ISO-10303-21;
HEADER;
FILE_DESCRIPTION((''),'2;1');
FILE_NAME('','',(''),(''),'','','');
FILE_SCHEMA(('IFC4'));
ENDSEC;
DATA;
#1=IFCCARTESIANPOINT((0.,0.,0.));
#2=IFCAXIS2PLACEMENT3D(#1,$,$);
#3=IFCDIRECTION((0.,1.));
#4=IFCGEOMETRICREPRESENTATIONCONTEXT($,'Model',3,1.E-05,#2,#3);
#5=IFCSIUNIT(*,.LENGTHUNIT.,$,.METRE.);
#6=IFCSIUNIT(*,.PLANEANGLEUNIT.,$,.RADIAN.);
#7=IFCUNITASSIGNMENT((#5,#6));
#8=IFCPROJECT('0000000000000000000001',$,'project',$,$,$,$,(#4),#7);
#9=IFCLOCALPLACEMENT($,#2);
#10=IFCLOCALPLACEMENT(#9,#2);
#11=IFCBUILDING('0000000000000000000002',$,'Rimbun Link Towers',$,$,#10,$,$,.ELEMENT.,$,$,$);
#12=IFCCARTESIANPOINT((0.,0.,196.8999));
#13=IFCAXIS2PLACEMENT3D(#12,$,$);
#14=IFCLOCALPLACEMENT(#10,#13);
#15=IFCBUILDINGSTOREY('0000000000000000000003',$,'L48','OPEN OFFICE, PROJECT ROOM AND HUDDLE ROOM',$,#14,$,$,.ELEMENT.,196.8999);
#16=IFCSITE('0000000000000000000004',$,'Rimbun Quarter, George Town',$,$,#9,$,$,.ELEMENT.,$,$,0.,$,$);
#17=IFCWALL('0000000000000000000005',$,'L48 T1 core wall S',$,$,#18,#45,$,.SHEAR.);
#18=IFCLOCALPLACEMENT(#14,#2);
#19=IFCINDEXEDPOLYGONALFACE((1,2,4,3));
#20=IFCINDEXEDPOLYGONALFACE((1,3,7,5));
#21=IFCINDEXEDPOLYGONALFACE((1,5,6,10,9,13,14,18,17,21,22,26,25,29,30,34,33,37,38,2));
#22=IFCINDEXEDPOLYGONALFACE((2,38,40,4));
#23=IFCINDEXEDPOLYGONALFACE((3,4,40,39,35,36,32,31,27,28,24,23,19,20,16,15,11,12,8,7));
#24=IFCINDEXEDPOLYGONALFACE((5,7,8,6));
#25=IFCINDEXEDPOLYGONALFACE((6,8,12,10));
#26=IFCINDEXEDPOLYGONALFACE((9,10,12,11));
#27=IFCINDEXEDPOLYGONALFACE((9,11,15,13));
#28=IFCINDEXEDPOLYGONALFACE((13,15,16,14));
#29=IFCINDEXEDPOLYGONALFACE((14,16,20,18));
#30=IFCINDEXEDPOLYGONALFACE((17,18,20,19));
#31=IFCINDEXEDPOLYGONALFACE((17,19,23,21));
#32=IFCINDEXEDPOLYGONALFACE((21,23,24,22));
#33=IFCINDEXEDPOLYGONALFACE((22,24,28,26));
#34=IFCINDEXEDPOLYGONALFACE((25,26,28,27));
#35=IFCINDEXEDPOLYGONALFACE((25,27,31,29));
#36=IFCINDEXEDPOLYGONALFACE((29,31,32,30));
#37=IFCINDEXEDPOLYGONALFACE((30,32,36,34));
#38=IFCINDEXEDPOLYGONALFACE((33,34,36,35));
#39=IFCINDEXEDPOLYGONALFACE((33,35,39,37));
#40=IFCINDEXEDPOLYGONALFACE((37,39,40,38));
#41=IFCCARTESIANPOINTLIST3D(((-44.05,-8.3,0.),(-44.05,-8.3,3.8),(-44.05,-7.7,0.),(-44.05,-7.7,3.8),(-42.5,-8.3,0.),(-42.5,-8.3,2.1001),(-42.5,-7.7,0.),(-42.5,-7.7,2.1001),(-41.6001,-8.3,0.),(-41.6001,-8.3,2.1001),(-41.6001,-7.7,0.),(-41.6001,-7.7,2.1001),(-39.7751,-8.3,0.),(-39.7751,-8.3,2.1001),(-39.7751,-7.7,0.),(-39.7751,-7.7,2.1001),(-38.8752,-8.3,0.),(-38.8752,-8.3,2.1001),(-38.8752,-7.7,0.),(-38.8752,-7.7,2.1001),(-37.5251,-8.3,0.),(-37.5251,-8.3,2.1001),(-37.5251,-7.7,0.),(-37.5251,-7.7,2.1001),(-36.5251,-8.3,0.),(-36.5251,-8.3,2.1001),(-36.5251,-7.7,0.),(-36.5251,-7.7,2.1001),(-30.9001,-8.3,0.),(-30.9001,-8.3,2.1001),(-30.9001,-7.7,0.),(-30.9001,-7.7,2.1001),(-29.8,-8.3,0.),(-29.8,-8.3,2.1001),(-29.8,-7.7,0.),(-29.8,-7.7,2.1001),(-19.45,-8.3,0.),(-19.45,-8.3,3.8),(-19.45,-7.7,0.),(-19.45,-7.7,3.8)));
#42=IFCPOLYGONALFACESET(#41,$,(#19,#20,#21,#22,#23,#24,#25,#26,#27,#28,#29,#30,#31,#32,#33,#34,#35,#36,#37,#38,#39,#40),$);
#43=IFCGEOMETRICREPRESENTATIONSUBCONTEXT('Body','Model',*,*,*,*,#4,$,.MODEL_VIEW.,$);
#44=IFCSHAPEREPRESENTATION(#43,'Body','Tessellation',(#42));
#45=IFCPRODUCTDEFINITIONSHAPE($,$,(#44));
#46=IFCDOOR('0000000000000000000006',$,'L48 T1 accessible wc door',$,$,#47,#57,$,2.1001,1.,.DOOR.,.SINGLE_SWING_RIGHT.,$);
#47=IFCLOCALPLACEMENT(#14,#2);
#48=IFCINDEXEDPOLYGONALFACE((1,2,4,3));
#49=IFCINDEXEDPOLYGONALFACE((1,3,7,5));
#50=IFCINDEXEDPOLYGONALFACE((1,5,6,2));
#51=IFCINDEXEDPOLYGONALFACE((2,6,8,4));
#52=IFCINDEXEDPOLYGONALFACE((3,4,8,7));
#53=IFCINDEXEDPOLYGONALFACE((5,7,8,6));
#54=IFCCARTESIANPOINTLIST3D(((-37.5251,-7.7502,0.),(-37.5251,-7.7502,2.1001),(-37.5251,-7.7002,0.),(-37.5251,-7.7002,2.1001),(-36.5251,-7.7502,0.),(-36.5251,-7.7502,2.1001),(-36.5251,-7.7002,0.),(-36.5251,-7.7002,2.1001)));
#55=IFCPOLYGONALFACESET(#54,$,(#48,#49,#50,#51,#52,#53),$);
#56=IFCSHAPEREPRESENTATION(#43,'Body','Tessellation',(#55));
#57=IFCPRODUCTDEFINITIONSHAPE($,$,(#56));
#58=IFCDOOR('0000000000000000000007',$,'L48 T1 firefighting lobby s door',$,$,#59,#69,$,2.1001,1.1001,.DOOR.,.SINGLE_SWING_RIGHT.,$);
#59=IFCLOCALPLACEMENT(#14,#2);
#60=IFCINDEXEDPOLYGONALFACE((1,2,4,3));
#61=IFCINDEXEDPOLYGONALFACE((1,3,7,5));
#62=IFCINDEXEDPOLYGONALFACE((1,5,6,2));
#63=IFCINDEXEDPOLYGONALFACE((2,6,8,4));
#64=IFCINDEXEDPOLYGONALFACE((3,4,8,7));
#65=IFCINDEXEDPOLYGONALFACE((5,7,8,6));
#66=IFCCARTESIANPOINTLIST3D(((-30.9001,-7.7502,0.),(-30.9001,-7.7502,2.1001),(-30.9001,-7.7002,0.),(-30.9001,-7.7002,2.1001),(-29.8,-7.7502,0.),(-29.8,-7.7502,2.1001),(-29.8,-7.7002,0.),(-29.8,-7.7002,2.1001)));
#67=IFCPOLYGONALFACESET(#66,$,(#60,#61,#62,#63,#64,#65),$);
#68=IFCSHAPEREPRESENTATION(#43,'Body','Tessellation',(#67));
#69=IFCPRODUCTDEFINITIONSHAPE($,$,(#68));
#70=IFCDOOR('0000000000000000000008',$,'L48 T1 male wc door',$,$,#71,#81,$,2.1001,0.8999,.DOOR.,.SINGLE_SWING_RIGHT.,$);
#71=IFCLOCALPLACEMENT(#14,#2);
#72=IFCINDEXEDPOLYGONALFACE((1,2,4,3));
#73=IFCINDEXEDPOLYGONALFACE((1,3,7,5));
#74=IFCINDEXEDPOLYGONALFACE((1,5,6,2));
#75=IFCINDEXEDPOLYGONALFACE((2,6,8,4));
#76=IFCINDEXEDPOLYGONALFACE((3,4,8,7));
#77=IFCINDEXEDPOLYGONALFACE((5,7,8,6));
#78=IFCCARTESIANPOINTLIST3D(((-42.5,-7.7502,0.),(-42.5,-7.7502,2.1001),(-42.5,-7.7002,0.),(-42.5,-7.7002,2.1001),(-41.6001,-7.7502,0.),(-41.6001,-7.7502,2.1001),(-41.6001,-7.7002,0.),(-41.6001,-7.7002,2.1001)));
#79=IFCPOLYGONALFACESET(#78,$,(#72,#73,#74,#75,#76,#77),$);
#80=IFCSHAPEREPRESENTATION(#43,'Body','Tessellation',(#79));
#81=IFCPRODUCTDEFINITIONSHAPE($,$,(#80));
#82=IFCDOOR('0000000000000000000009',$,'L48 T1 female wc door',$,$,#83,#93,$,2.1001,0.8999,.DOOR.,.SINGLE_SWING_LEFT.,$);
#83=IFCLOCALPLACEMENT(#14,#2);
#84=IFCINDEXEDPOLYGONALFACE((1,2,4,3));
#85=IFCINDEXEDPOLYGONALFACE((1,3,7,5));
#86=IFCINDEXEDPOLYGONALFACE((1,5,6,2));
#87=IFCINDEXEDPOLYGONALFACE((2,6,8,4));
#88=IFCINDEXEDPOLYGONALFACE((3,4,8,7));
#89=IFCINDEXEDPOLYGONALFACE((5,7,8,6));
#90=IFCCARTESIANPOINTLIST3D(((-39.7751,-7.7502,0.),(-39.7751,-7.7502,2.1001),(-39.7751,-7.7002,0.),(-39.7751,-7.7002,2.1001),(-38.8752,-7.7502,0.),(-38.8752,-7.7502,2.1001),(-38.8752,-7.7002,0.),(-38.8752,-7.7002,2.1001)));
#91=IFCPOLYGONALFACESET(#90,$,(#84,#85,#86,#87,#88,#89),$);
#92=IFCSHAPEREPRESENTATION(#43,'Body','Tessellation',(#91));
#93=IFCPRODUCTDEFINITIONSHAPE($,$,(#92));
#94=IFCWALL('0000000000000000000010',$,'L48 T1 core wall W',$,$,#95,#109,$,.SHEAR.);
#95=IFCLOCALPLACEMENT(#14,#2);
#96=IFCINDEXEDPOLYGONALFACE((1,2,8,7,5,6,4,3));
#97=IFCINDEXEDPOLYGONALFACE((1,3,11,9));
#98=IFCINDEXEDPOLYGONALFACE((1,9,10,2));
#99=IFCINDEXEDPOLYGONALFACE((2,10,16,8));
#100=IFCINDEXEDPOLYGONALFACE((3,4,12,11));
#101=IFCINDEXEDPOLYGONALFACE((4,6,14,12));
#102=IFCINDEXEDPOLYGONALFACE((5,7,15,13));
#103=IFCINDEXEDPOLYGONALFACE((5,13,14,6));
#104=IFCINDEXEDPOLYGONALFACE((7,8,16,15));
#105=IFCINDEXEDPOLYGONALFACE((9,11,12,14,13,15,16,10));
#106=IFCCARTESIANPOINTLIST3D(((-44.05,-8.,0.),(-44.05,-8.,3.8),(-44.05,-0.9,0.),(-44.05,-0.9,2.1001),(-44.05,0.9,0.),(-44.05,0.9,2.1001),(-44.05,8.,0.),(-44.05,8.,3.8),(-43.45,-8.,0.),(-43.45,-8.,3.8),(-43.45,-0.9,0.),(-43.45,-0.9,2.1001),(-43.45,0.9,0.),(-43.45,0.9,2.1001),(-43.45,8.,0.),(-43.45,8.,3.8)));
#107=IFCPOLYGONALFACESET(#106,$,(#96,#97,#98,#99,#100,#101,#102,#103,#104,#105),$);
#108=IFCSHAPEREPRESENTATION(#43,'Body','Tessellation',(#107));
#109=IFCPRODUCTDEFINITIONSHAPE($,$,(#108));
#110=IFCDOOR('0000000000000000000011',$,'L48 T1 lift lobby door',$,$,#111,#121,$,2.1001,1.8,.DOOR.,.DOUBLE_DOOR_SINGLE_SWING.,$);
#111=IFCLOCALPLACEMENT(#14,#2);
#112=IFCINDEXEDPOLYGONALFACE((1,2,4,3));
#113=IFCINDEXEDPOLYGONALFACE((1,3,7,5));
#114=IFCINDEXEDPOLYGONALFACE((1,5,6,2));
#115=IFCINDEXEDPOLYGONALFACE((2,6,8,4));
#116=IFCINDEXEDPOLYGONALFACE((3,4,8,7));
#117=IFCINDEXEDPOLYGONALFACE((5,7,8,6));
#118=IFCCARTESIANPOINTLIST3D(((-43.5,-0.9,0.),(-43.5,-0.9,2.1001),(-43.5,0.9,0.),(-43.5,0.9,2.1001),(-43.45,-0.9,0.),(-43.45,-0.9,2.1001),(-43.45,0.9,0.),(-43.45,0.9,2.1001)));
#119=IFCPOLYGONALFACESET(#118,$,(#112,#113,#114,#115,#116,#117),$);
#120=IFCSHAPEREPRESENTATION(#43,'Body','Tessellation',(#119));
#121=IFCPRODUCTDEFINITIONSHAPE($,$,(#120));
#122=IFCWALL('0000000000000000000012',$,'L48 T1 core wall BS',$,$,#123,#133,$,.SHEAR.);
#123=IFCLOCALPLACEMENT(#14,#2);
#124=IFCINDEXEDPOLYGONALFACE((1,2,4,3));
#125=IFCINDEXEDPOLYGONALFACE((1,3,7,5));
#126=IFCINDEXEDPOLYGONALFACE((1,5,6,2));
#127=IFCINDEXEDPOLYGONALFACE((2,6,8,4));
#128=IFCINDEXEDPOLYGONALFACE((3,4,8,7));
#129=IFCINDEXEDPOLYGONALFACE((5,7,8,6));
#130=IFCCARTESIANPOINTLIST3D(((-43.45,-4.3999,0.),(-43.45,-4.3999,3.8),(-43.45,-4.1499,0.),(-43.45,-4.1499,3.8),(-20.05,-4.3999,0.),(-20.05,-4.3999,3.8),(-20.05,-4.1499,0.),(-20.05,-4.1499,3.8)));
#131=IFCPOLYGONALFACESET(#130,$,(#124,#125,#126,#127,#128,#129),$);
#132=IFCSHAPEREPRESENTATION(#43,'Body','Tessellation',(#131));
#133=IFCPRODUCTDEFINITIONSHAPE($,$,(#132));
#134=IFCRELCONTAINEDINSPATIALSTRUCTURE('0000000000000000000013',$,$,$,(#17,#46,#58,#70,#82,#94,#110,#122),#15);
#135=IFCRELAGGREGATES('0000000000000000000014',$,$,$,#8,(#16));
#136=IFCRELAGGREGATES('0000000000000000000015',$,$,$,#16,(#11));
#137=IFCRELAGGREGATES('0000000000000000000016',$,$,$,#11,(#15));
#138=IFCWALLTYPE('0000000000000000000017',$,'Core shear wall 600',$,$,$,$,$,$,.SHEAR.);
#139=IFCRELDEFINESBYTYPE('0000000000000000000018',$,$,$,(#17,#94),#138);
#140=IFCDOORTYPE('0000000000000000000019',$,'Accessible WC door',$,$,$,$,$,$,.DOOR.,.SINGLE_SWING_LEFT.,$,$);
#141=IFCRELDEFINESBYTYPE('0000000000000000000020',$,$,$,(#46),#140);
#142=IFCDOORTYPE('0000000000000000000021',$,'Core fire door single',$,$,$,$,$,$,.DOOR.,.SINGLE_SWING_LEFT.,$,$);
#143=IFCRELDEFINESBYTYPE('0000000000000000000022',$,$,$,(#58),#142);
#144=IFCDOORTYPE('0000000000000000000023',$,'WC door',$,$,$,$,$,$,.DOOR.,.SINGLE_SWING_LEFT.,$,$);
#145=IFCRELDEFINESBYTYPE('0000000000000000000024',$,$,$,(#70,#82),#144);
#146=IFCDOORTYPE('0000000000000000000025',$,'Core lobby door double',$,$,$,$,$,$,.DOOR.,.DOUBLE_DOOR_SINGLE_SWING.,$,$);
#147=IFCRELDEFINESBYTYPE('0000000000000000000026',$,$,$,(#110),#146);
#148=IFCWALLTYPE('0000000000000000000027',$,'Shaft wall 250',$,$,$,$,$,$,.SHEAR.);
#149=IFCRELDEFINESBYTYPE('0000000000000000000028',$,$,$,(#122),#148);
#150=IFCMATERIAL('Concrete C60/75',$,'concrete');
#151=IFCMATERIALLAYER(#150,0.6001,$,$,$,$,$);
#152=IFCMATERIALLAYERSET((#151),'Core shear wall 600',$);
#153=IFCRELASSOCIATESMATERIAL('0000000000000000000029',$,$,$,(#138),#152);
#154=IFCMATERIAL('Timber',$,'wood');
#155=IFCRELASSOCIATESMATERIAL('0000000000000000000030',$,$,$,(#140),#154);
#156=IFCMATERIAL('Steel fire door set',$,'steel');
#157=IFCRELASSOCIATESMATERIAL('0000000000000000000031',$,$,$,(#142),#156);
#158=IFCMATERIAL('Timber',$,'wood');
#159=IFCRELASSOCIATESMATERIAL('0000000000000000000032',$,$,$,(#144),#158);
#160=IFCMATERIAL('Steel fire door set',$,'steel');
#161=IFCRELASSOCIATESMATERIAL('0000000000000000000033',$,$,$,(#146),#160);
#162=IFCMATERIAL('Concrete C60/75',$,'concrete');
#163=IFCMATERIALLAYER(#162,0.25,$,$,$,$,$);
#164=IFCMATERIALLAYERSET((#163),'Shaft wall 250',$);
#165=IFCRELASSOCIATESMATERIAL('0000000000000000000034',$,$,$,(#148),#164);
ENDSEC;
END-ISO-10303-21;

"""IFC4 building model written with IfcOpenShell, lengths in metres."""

from ifc_helpers import new_model, si_unit, direction, frame, frame_2d, origin, place, context, subcontext, project, spatial, rectangle, extrude, material, layer, layer_set, type_object, element, fill, save


model = new_model("IFC4")

# Units and contexts
model_context = context("Model", 3, precision=1e-05, world=origin(), true_north=direction((0.0, 1.0)))
body_context = subcontext(model_context, "Body", "Model", "MODEL_VIEW")
ifc_project = project(units=[si_unit("LENGTHUNIT", "METRE"), si_unit("PLANEANGLEUNIT", "RADIAN")], contexts=[model_context])

# Site, building, storey
site_placement = place(None, origin())
site = spatial("IfcSite", under=ifc_project, at=site_placement, Name="Rimbun Quarter, George Town", CompositionType="ELEMENT", RefElevation=0.0)
building_placement = place(site_placement, origin())
building = spatial("IfcBuilding", under=site, at=building_placement, Name="Rimbun Link Towers", CompositionType="ELEMENT")
storey_placement = place(building_placement, frame((0.0, 0.0, 196.8999)))
storey = spatial("IfcBuildingStorey", under=building, at=storey_placement, Name="L48", Description="OPEN OFFICE, PROJECT ROOM AND HUDDLE ROOM", CompositionType="ELEMENT", Elevation=196.8999)

# Wall, openings, doors
ifc_material_1 = material(Name="Concrete C60/75", Category="concrete")
ifc_layer_1 = layer(ifc_material_1, 0.6001)
ifc_layer_set_1 = layer_set([ifc_layer_1], Name="Core shear wall 600")
wall_type_1 = type_object("IfcWallType", Name="Core shear wall 600", PredefinedType="SHEAR", material=ifc_layer_set_1)
wall_1_placement = place(storey_placement, frame((-44.05, -8.0, 0.0), z_axis=(0.0, 0.0, 1.0), x_axis=(1.0, 0.0, 0.0)))
wall_1 = element("IfcWall", 1, at=wall_1_placement, inside=storey, type_object=wall_type_1, Name="L48 T1 core wall S", PredefinedType="SHEAR", context=body_context, shape_type="SweptSolid", body=[
    extrude(rectangle(XDim=24.6001, YDim=0.6001, at=frame_2d((12.3, 0.0))), origin(), (0.0, 0.0, 1.0), 3.8),
])
opening_1_placement = place(wall_1_placement, frame((13.1499, 0.0, 0.0)))
opening_1 = element("IfcOpeningElement", 2, at=opening_1_placement, cuts=wall_1, PredefinedType="OPENING", context=body_context, shape_type="SweptSolid", body=[
    extrude(rectangle(XDim=1.1001, YDim=2.1001, at=frame_2d((0.55, 1.05))), frame((0.0, 0.3101, 0.0), z_axis=(0.0, -1.0, 0.0), x_axis=(1.0, 0.0, 0.0)), (0.0, 0.0, 1.0), 0.6201),
])
opening_2_placement = place(wall_1_placement, frame((1.55, 0.0, 0.0)))
opening_2 = element("IfcOpeningElement", 3, at=opening_2_placement, cuts=wall_1, PredefinedType="OPENING", context=body_context, shape_type="SweptSolid", body=[
    extrude(rectangle(XDim=0.8999, YDim=2.1001, at=frame_2d((0.45, 1.05))), frame((0.0, 0.3101, 0.0), z_axis=(0.0, -1.0, 0.0), x_axis=(1.0, 0.0, 0.0)), (0.0, 0.0, 1.0), 0.6201),
])
opening_3_placement = place(wall_1_placement, frame((4.2749, 0.0, 0.0)))
opening_3 = element("IfcOpeningElement", 4, at=opening_3_placement, cuts=wall_1, PredefinedType="OPENING", context=body_context, shape_type="SweptSolid", body=[
    extrude(rectangle(XDim=0.8999, YDim=2.1001, at=frame_2d((0.45, 1.05))), frame((0.0, 0.3101, 0.0), z_axis=(0.0, -1.0, 0.0), x_axis=(1.0, 0.0, 0.0)), (0.0, 0.0, 1.0), 0.6201),
])
opening_4_placement = place(wall_1_placement, frame((6.5249, 0.0, 0.0)))
opening_4 = element("IfcOpeningElement", 5, at=opening_4_placement, cuts=wall_1, PredefinedType="OPENING", context=body_context, shape_type="SweptSolid", body=[
    extrude(rectangle(XDim=1.0, YDim=2.1001, at=frame_2d((0.5, 1.05))), frame((0.0, 0.3101, 0.0), z_axis=(0.0, -1.0, 0.0), x_axis=(1.0, 0.0, 0.0)), (0.0, 0.0, 1.0), 0.6201),
])
ifc_material_2 = material(Name="Timber", Category="wood")
door_type_1 = type_object("IfcDoorType", Name="Accessible WC door", OperationType="SINGLE_SWING_LEFT", PredefinedType="DOOR", material=ifc_material_2)
door_1_placement = place(opening_4_placement, origin())
door_1 = element("IfcDoor", 6, at=door_1_placement, inside=storey, type_object=door_type_1, Name="L48 T1 accessible wc door", OperationType="SINGLE_SWING_RIGHT", OverallHeight=2.1001, OverallWidth=1.0, PredefinedType="DOOR", context=body_context, shape_type="SweptSolid", body=[
    extrude(rectangle(XDim=1.0, YDim=2.1001, at=frame_2d((0.5, 1.05))), frame((0.0, 0.2998, 0.0), z_axis=(0.0, -1.0, 0.0), x_axis=(1.0, 0.0, 0.0)), (0.0, 0.0, 1.0), 0.05),
])
fill(opening_4, door_1)
ifc_material_3 = material(Name="Steel fire door set", Category="steel")
door_type_2 = type_object("IfcDoorType", Name="Core fire door single", OperationType="SINGLE_SWING_LEFT", PredefinedType="DOOR", material=ifc_material_3)
door_2_placement = place(opening_1_placement, origin())
door_2 = element("IfcDoor", 7, at=door_2_placement, inside=storey, type_object=door_type_2, Name="L48 T1 firefighting lobby s door", OperationType="SINGLE_SWING_RIGHT", OverallHeight=2.1001, OverallWidth=1.1001, PredefinedType="DOOR", context=body_context, shape_type="SweptSolid", body=[
    extrude(rectangle(XDim=1.1001, YDim=2.1001, at=frame_2d((0.55, 1.05))), frame((0.0, 0.2998, 0.0), z_axis=(0.0, -1.0, 0.0), x_axis=(1.0, 0.0, 0.0)), (0.0, 0.0, 1.0), 0.05),
])
fill(opening_1, door_2)
ifc_material_4 = material(Name="Timber", Category="wood")
door_type_3 = type_object("IfcDoorType", Name="WC door", OperationType="SINGLE_SWING_LEFT", PredefinedType="DOOR", material=ifc_material_4)
door_3_placement = place(opening_2_placement, origin())
door_3 = element("IfcDoor", 8, at=door_3_placement, inside=storey, type_object=door_type_3, Name="L48 T1 male wc door", OperationType="SINGLE_SWING_RIGHT", OverallHeight=2.1001, OverallWidth=0.8999, PredefinedType="DOOR", context=body_context, shape_type="SweptSolid", body=[
    extrude(rectangle(XDim=0.8999, YDim=2.1001, at=frame_2d((0.45, 1.05))), frame((0.0, 0.2998, 0.0), z_axis=(0.0, -1.0, 0.0), x_axis=(1.0, 0.0, 0.0)), (0.0, 0.0, 1.0), 0.05),
])
fill(opening_2, door_3)
door_4_placement = place(opening_3_placement, origin())
door_4 = element("IfcDoor", 9, at=door_4_placement, inside=storey, type_object=door_type_3, Name="L48 T1 female wc door", OperationType="SINGLE_SWING_LEFT", OverallHeight=2.1001, OverallWidth=0.8999, PredefinedType="DOOR", context=body_context, shape_type="SweptSolid", body=[
    extrude(rectangle(XDim=0.8999, YDim=2.1001, at=frame_2d((0.45, 1.05))), frame((0.0, 0.2998, 0.0), z_axis=(0.0, -1.0, 0.0), x_axis=(1.0, 0.0, 0.0)), (0.0, 0.0, 1.0), 0.05),
])
fill(opening_3, door_4)

# Wall, opening, door
wall_2_placement = place(storey_placement, frame((-43.75, -8.0, 0.0), z_axis=(0.0, 0.0, 1.0), x_axis=(0.0, 1.0, 0.0)))
wall_2 = element("IfcWall", 10, at=wall_2_placement, inside=storey, type_object=wall_type_1, Name="L48 T1 core wall W", PredefinedType="SHEAR", context=body_context, shape_type="SweptSolid", body=[
    extrude(rectangle(XDim=16.0, YDim=0.6001, at=frame_2d((8.0, 0.0))), origin(), (0.0, 0.0, 1.0), 3.8),
])
opening_5_placement = place(wall_2_placement, frame((7.1001, 0.0, 0.0)))
opening_5 = element("IfcOpeningElement", 11, at=opening_5_placement, cuts=wall_2, PredefinedType="OPENING", context=body_context, shape_type="SweptSolid", body=[
    extrude(rectangle(XDim=1.8, YDim=2.1001, at=frame_2d((0.8999, 1.05))), frame((0.0, 0.3101, 0.0), z_axis=(0.0, -1.0, 0.0), x_axis=(1.0, 0.0, 0.0)), (0.0, 0.0, 1.0), 0.6201),
])
ifc_material_5 = material(Name="Steel fire door set", Category="steel")
door_type_4 = type_object("IfcDoorType", Name="Core lobby door double", OperationType="DOUBLE_DOOR_SINGLE_SWING", PredefinedType="DOOR", material=ifc_material_5)
door_5_placement = place(opening_5_placement, origin())
door_5 = element("IfcDoor", 12, at=door_5_placement, inside=storey, type_object=door_type_4, Name="L48 T1 lift lobby door", OperationType="DOUBLE_DOOR_SINGLE_SWING", OverallHeight=2.1001, OverallWidth=1.8, PredefinedType="DOOR", context=body_context, shape_type="SweptSolid", body=[
    extrude(rectangle(XDim=1.8, YDim=2.1001, at=frame_2d((0.8999, 1.05))), frame((0.0, -0.25, 0.0), z_axis=(0.0, -1.0, 0.0), x_axis=(1.0, 0.0, 0.0)), (0.0, 0.0, 1.0), 0.05),
])
fill(opening_5, door_5)

# Wall
ifc_material_6 = material(Name="Concrete C60/75", Category="concrete")
ifc_layer_2 = layer(ifc_material_6, 0.25)
ifc_layer_set_2 = layer_set([ifc_layer_2], Name="Shaft wall 250")
wall_type_2 = type_object("IfcWallType", Name="Shaft wall 250", PredefinedType="SHEAR", material=ifc_layer_set_2)
wall_3_placement = place(storey_placement, frame((-43.45, -4.2749, 0.0), z_axis=(0.0, 0.0, 1.0), x_axis=(1.0, 0.0, 0.0)))
element("IfcWall", 13, at=wall_3_placement, inside=storey, type_object=wall_type_2, Name="L48 T1 core wall BS", PredefinedType="SHEAR", context=body_context, shape_type="SweptSolid", body=[
    extrude(rectangle(XDim=23.3999, YDim=0.25, at=frame_2d((11.7, 0.0))), origin(), (0.0, 0.0, 1.0), 3.8),
])

save(model, "model.ifc")
